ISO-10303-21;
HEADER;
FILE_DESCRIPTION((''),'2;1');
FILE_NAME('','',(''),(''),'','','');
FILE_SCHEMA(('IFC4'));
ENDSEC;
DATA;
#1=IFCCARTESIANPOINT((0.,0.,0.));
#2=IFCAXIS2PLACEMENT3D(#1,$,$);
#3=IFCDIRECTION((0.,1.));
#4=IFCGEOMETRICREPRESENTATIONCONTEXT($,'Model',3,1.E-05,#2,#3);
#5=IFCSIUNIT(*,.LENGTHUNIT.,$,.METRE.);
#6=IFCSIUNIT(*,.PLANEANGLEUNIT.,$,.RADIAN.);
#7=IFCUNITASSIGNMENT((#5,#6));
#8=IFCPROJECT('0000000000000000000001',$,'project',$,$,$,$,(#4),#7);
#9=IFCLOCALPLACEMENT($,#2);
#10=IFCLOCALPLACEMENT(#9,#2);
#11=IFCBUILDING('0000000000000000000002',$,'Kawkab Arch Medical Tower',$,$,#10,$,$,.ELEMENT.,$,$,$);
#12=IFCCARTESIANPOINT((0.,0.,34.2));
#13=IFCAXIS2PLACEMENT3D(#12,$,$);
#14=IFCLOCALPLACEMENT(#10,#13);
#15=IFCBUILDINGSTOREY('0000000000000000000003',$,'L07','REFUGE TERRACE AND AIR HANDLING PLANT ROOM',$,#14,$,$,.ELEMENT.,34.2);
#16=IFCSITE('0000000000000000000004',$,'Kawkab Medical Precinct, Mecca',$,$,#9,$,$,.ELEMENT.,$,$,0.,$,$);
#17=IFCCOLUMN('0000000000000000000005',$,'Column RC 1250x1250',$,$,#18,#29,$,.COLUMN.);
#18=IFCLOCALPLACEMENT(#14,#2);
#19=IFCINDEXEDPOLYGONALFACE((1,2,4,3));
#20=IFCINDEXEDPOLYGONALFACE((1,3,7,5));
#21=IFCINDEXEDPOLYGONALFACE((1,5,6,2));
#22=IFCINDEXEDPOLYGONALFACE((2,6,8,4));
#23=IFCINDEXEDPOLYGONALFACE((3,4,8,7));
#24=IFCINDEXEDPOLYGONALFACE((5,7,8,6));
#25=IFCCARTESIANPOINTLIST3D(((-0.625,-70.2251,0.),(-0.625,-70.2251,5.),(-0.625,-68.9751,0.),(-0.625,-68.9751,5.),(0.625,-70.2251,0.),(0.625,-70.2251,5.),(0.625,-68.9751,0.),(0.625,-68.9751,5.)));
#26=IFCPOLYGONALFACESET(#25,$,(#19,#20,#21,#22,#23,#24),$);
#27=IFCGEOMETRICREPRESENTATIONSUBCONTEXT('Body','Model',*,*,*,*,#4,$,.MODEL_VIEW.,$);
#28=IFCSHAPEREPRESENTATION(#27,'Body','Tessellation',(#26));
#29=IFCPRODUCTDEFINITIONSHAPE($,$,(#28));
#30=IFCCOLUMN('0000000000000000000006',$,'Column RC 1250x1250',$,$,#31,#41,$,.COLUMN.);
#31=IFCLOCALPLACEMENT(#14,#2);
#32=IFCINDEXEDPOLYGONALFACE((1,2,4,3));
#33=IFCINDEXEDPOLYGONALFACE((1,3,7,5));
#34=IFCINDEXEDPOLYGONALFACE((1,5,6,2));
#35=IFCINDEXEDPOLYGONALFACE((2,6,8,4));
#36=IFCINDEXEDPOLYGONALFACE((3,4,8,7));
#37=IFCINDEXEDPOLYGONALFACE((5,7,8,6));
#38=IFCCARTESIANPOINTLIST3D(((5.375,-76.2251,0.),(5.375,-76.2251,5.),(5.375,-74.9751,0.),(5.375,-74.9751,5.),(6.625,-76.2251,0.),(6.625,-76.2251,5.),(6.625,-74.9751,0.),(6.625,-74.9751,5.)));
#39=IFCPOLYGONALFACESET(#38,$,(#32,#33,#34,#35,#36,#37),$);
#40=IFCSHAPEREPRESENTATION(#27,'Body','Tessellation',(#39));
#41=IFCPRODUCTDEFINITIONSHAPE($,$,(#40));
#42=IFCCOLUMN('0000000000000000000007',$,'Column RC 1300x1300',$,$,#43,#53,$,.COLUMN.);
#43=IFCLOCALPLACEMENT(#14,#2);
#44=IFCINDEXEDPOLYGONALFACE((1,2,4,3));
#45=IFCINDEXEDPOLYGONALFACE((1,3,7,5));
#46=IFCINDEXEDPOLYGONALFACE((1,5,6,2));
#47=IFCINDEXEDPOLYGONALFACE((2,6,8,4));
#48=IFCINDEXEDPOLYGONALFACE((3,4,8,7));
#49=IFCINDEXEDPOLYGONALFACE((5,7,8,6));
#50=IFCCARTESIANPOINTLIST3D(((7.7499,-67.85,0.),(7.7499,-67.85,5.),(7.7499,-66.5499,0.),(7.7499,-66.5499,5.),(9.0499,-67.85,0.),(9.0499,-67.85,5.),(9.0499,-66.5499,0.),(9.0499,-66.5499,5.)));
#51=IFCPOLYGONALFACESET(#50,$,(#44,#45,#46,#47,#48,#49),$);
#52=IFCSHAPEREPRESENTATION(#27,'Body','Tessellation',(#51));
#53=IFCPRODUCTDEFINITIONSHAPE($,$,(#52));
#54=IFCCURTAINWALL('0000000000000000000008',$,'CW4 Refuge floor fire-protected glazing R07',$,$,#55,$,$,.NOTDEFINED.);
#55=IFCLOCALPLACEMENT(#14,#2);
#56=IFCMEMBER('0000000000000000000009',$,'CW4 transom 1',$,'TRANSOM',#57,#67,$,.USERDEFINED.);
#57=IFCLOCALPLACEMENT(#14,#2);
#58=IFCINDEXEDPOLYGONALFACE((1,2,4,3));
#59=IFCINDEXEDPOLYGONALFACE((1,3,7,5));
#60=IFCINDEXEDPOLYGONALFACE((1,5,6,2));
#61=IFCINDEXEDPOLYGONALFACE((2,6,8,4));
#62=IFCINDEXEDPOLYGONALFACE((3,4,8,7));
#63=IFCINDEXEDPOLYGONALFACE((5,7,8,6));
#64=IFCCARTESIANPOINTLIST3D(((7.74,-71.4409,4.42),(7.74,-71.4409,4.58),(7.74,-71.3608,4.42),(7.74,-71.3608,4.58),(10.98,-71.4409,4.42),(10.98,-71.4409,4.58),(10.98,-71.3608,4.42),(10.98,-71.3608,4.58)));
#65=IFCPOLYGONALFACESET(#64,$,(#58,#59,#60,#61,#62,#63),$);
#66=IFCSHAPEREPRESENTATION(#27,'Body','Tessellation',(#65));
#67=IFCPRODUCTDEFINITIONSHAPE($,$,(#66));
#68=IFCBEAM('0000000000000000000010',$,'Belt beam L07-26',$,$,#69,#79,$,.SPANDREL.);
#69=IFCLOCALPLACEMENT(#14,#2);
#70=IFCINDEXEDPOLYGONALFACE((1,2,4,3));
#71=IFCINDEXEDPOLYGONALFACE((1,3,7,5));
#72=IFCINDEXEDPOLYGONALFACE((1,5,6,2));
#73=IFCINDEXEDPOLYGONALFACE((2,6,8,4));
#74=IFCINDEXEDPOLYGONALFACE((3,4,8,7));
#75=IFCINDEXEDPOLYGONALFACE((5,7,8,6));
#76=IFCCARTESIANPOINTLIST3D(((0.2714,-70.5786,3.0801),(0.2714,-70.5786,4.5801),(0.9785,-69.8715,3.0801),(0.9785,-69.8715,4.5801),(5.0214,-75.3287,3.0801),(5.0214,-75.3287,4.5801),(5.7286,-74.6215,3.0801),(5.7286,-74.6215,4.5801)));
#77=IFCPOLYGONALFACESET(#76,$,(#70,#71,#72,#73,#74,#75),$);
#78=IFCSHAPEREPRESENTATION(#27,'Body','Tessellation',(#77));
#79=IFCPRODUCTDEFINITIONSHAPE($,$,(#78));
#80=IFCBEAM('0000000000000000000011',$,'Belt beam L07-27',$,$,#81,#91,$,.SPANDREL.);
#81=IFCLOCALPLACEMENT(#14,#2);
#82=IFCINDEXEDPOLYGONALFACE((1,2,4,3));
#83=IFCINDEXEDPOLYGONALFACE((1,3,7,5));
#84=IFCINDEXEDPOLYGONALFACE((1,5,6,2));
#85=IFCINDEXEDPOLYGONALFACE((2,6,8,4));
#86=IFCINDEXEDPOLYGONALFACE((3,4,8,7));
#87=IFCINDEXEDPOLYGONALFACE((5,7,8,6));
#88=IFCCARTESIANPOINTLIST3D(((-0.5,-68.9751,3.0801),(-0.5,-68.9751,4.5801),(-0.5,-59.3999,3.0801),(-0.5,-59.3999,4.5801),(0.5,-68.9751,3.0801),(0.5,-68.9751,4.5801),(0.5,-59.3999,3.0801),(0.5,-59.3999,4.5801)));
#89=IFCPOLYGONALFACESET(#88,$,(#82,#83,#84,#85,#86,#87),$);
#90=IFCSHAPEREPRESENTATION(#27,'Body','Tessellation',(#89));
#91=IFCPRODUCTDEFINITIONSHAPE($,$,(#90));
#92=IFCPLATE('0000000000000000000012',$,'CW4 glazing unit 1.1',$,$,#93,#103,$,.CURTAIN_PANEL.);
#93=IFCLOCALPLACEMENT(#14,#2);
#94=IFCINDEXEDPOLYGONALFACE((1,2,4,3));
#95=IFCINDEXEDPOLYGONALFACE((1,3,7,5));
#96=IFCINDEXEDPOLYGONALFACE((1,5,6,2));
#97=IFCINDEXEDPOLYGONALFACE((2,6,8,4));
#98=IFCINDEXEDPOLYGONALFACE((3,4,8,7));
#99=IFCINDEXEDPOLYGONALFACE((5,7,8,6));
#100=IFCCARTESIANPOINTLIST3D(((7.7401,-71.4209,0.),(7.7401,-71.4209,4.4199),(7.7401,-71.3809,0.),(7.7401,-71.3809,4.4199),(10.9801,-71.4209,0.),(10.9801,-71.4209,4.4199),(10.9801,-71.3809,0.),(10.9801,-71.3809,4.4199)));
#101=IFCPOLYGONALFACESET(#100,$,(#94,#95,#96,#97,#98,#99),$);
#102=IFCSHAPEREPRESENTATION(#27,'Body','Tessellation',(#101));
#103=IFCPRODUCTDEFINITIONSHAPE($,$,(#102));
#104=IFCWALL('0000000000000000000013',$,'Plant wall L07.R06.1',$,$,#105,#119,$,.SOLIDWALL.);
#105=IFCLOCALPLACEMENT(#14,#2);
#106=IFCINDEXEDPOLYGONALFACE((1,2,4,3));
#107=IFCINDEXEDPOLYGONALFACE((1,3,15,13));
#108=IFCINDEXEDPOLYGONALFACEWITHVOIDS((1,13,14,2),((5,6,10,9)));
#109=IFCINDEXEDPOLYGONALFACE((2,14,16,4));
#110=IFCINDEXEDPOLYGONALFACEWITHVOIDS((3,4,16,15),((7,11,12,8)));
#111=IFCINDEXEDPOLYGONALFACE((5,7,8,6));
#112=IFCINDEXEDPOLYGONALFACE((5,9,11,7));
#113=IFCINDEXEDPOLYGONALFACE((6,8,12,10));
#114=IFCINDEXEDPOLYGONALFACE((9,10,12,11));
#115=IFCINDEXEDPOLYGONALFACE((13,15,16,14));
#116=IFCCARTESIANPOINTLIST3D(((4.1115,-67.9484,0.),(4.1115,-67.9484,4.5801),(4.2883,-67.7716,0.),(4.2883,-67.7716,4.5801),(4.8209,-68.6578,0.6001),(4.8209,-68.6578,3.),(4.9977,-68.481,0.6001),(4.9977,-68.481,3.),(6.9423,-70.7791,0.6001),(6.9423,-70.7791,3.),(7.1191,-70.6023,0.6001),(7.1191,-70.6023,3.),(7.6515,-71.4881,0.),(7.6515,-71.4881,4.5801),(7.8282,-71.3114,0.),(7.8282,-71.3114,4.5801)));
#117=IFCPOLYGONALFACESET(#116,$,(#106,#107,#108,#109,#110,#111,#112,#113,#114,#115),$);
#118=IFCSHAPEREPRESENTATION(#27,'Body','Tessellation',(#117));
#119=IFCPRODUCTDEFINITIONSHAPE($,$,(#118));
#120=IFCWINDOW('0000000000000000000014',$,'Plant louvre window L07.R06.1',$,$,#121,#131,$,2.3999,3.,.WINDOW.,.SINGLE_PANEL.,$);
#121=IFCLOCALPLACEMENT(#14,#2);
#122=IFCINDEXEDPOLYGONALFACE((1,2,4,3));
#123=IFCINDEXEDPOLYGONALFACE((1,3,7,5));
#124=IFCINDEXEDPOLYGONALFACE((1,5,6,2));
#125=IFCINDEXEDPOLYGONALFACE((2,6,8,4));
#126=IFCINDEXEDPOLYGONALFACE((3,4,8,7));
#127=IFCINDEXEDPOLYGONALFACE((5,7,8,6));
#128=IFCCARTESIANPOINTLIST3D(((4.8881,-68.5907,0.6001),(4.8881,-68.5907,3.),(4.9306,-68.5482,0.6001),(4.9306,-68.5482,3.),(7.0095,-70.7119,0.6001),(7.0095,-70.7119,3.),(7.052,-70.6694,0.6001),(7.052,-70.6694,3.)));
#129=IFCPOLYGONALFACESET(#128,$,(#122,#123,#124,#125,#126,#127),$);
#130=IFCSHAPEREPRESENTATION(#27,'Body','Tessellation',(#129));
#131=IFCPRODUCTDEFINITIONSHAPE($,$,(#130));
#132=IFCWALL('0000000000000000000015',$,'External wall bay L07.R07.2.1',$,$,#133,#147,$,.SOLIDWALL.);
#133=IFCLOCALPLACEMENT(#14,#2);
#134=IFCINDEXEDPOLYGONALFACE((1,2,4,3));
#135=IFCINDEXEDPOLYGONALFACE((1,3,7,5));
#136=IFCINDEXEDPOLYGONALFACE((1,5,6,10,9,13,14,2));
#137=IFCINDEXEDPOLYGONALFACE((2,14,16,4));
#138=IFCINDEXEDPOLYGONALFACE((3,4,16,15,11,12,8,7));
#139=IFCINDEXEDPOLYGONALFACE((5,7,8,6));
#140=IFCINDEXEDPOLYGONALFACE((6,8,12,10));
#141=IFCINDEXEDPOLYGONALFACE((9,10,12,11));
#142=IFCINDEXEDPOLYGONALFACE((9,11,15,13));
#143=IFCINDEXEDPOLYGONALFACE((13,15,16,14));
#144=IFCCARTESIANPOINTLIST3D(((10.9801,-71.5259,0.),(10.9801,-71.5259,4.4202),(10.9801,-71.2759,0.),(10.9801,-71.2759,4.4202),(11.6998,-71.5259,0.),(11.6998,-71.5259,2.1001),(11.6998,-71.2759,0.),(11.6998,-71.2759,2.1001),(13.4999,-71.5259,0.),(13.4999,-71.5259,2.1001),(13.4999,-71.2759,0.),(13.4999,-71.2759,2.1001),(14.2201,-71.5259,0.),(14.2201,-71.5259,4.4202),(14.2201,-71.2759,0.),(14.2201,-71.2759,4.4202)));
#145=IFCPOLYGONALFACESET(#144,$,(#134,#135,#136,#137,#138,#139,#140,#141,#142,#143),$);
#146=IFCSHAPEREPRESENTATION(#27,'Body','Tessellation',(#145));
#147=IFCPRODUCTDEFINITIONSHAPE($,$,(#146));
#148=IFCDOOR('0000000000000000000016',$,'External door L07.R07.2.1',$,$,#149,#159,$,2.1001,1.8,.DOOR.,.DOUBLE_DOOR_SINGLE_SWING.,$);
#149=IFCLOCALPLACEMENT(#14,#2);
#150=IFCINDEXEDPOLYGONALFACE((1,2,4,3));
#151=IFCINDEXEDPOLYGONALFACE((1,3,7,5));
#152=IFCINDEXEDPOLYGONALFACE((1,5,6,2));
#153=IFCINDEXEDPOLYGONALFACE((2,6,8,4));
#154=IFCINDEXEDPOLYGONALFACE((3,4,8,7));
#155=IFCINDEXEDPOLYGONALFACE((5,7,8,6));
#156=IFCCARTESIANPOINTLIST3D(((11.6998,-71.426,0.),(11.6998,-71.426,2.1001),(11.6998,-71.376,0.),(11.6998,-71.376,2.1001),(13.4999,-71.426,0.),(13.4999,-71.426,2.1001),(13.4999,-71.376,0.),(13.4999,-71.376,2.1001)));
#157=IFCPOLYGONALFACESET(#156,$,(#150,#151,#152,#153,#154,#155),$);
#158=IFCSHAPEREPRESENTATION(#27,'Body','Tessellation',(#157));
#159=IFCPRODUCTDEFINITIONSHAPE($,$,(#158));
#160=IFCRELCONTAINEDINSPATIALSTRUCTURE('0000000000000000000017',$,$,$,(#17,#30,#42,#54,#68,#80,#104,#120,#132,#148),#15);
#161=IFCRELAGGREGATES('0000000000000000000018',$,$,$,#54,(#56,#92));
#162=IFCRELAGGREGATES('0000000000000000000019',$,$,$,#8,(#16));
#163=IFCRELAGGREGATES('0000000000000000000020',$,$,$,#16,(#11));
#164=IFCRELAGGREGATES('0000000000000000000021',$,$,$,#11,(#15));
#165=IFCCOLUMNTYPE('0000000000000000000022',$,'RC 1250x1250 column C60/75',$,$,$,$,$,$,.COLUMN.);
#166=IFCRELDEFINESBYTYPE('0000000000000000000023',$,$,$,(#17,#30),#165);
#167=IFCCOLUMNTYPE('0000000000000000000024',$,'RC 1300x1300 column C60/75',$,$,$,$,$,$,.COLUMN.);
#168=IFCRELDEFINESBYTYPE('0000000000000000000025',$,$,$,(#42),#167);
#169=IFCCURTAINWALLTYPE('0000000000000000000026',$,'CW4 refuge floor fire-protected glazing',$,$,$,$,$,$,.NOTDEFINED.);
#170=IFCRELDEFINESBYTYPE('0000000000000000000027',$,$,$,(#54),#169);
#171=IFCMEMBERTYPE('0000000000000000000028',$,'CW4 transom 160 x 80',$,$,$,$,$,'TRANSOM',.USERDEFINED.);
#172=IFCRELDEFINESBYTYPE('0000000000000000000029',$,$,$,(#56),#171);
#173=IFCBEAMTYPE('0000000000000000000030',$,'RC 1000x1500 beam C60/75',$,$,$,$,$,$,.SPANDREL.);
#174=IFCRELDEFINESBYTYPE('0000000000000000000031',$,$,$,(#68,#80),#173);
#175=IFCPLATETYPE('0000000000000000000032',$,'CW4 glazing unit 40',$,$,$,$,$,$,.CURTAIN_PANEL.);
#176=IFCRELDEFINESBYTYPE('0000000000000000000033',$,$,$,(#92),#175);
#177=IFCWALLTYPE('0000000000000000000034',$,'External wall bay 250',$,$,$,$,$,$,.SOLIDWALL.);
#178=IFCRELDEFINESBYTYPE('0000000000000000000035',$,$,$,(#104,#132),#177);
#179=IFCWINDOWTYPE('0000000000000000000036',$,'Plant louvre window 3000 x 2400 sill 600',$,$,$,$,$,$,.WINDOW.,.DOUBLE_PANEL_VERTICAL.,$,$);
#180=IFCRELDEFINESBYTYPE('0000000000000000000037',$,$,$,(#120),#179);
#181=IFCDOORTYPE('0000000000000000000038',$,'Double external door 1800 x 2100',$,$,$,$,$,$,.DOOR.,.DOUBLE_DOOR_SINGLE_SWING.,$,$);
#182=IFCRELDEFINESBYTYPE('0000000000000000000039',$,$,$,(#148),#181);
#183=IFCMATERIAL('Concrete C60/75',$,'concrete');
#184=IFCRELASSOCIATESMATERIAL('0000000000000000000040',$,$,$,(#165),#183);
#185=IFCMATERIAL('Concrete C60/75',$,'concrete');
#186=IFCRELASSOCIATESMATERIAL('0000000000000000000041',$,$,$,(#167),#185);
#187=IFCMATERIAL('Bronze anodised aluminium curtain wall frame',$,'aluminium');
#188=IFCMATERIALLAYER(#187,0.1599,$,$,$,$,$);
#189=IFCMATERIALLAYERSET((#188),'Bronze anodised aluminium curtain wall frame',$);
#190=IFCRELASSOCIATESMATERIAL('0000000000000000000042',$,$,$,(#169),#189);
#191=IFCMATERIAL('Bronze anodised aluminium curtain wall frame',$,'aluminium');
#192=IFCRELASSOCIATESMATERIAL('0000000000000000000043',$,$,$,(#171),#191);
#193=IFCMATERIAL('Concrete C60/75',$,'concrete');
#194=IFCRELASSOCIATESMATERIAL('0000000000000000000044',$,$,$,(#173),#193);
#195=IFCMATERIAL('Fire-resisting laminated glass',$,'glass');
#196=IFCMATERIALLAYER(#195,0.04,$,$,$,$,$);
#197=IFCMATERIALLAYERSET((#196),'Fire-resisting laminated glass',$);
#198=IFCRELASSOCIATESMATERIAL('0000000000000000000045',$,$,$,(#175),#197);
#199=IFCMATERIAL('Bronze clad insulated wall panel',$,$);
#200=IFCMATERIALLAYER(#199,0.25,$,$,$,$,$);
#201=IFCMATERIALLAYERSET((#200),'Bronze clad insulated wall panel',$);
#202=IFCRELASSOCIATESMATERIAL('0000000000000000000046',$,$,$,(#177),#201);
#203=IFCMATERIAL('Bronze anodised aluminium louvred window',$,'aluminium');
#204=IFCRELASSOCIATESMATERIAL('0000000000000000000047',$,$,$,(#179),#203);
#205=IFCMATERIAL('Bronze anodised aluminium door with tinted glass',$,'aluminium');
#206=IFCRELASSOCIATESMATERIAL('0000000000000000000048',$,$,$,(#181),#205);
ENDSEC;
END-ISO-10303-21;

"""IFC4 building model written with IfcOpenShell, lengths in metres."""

from ifc_helpers import new_model, si_unit, direction, frame, frame_2d, origin, origin_2d, place, context, subcontext, project, spatial, rectangle, extrude, material, layer, layer_set, material_profile, profile_set, type_object, element, fill, aggregate, save


model = new_model("IFC4")

# Units and contexts
model_context = context("Model", 3, precision=1e-05, world=origin(), true_north=direction((0.0, 1.0)))
body_context = subcontext(model_context, "Body", "Model", "MODEL_VIEW")
ifc_project = project(units=[si_unit("LENGTHUNIT", "METRE"), si_unit("PLANEANGLEUNIT", "RADIAN")], contexts=[model_context])

# Site, building, storey
site_placement = place(None, origin())
site = spatial("IfcSite", under=ifc_project, at=site_placement, Name="Kawkab Medical Precinct, Mecca", CompositionType="ELEMENT", RefElevation=0.0)
building_placement = place(site_placement, origin())
building = spatial("IfcBuilding", under=site, at=building_placement, Name="Kawkab Arch Medical Tower", CompositionType="ELEMENT")
storey_placement = place(building_placement, frame((0.0, 0.0, 34.2)))
storey = spatial("IfcBuildingStorey", under=building, at=storey_placement, Name="L07", Description="REFUGE TERRACE AND AIR HANDLING PLANT ROOM", CompositionType="ELEMENT", Elevation=34.2)

# Columns
ifc_material_1 = material(Name="Concrete C60/75", Category="concrete")
ifc_material_profile_1 = material_profile(ifc_material_1, rectangle(XDim=1.25, YDim=1.25, at=origin_2d()), Name="RC 1250x1250")
ifc_profile_set_1 = profile_set([ifc_material_profile_1], Name="Concrete C60/75")
column_type_1 = type_object("IfcColumnType", Name="RC 1250x1250 column C60/75", PredefinedType="COLUMN", material=ifc_profile_set_1)
for number, where, z_axis, x_axis, name in (
    (1, (0.0, -69.6001, 0.0), (0.0, 0.0, 1.0), (1.0, 0.0, 0.0), "Column RC 1250x1250"),
    (2, (6.0, -75.6001, 0.0), (0.0, 0.0, 1.0), (1.0, 0.0, 0.0), "Column RC 1250x1250"),
):
    element("IfcColumn", number, at=place(storey_placement, frame(where, z_axis=z_axis, x_axis=x_axis)), inside=storey, type_object=column_type_1, Name=name, PredefinedType="COLUMN", context=body_context, shape_type="SweptSolid", body=[
        extrude(rectangle(XDim=1.25, YDim=1.25, at=origin_2d()), origin(), (0.0, 0.0, 1.0), 5.0),
    ])
ifc_material_2 = material(Name="Concrete C60/75", Category="concrete")
ifc_material_profile_2 = material_profile(ifc_material_2, rectangle(XDim=1.3, YDim=1.3, at=origin_2d()), Name="RC 1300x1300")
ifc_profile_set_2 = profile_set([ifc_material_profile_2], Name="Concrete C60/75")
column_type_2 = type_object("IfcColumnType", Name="RC 1300x1300 column C60/75", PredefinedType="COLUMN", material=ifc_profile_set_2)
column_placement = place(storey_placement, frame((8.3999, -67.2, 0.0), z_axis=(0.0, 0.0, 1.0), x_axis=(1.0, 0.0, 0.0)))
element("IfcColumn", 3, at=column_placement, inside=storey, type_object=column_type_2, Name="Column RC 1300x1300", PredefinedType="COLUMN", context=body_context, shape_type="SweptSolid", body=[
    extrude(rectangle(XDim=1.3, YDim=1.3, at=origin_2d()), origin(), (0.0, 0.0, 1.0), 5.0),
])

# Curtain wall, member
ifc_material_3 = material(Name="Bronze anodised aluminium curtain wall frame", Category="aluminium")
ifc_layer_1 = layer(ifc_material_3, 0.1599)
ifc_layer_set_1 = layer_set([ifc_layer_1], Name="Bronze anodised aluminium curtain wall frame")
curtain_wall_type = type_object("IfcCurtainWallType", Name="CW4 refuge floor fire-protected glazing", PredefinedType="NOTDEFINED", material=ifc_layer_set_1)
curtain_wall_placement = place(storey_placement, origin())
curtain_wall = element("IfcCurtainWall", 4, at=curtain_wall_placement, inside=storey, type_object=curtain_wall_type, Name="CW4 Refuge floor fire-protected glazing R07", PredefinedType="NOTDEFINED")
ifc_material_4 = material(Name="Bronze anodised aluminium curtain wall frame", Category="aluminium")
ifc_material_profile_3 = material_profile(ifc_material_4, rectangle(XDim=0.0801, YDim=0.1599, at=origin_2d()), Name="AL 80x160")
ifc_profile_set_3 = profile_set([ifc_material_profile_3], Name="Bronze anodised aluminium curtain wall frame")
member_type = type_object("IfcMemberType", Name="CW4 transom 160 x 80", ElementType="TRANSOM", PredefinedType="USERDEFINED", material=ifc_profile_set_3)
member_placement = place(storey_placement, frame((7.74, -71.4009, 4.5), z_axis=(1.0, 0.0, 0.0), x_axis=(0.0, 1.0, 0.0)))
member = element("IfcMember", 5, at=member_placement, type_object=member_type, Name="CW4 transom 1", ObjectType="TRANSOM", PredefinedType="USERDEFINED", context=body_context, shape_type="SweptSolid", body=[
    extrude(rectangle(XDim=0.0801, YDim=0.1599, at=origin_2d()), origin(), (0.0, 0.0, 1.0), 3.24),
])

# Beams
ifc_material_5 = material(Name="Concrete C60/75", Category="concrete")
ifc_material_profile_4 = material_profile(ifc_material_5, rectangle(XDim=1.0, YDim=1.5, at=origin_2d()), Name="RC 1000x1500")
ifc_profile_set_4 = profile_set([ifc_material_profile_4], Name="Concrete C60/75")
beam_type = type_object("IfcBeamType", Name="RC 1000x1500 beam C60/75", PredefinedType="SPANDREL", material=ifc_profile_set_4)
beam_1_placement = place(storey_placement, frame((5.375, -74.9751, 3.8301), z_axis=(-0.707107, 0.707107, 0.0), x_axis=(-0.707107, -0.707107, 0.0)))
element("IfcBeam", 6, at=beam_1_placement, inside=storey, type_object=beam_type, Name="Belt beam L07-26", PredefinedType="SPANDREL", context=body_context, shape_type="SweptSolid", body=[
    extrude(rectangle(XDim=1.0, YDim=1.5, at=origin_2d()), origin(), (0.0, 0.0, 1.0), 6.7175),
])
beam_2_placement = place(storey_placement, frame((0.0, -68.9751, 3.8301), z_axis=(0.0, 1.0, 0.0), x_axis=(-1.0, 0.0, 0.0)))
element("IfcBeam", 7, at=beam_2_placement, inside=storey, type_object=beam_type, Name="Belt beam L07-27", PredefinedType="SPANDREL", context=body_context, shape_type="SweptSolid", body=[
    extrude(rectangle(XDim=1.0, YDim=1.5, at=origin_2d()), origin(), (0.0, 0.0, 1.0), 9.5752),
])

# Plate
ifc_material_6 = material(Name="Fire-resisting laminated glass", Category="glass")
ifc_layer_2 = layer(ifc_material_6, 0.04)
ifc_layer_set_2 = layer_set([ifc_layer_2], Name="Fire-resisting laminated glass")
plate_type = type_object("IfcPlateType", Name="CW4 glazing unit 40", PredefinedType="CURTAIN_PANEL", material=ifc_layer_set_2)
plate_placement = place(storey_placement, frame((9.3601, -71.4009, 0.0), z_axis=(0.0, 0.0, 1.0), x_axis=(1.0, 0.0, 0.0)))
plate = element("IfcPlate", 8, at=plate_placement, type_object=plate_type, Name="CW4 glazing unit 1.1", PredefinedType="CURTAIN_PANEL", context=body_context, shape_type="SweptSolid", body=[
    extrude(rectangle(XDim=3.24, YDim=0.04, at=origin_2d()), origin(), (0.0, 0.0, 1.0), 4.4199),
])
aggregate(curtain_wall, [member, plate])

# Wall, opening, window
ifc_material_7 = material(Name="Bronze clad insulated wall panel")
ifc_layer_3 = layer(ifc_material_7, 0.25)
ifc_layer_set_3 = layer_set([ifc_layer_3], Name="Bronze clad insulated wall panel")
wall_type_1 = type_object("IfcWallType", Name="External wall bay 250", PredefinedType="SOLIDWALL", material=ifc_layer_set_3)
wall_1_placement = place(storey_placement, frame((4.2, -67.8601, 0.0), z_axis=(0.0, 0.0, 1.0), x_axis=(0.707131, -0.707082, 0.0)))
wall_1 = element("IfcWall", 9, at=wall_1_placement, inside=storey, type_object=wall_type_1, Name="Plant wall L07.R06.1", PredefinedType="SOLIDWALL", context=body_context, shape_type="SweptSolid", body=[
    extrude(rectangle(XDim=5.0061, YDim=0.25, at=frame_2d((2.5029, 0.0))), origin(), (0.0, 0.0, 1.0), 4.5801),
])
opening_1_placement = place(wall_1_placement, frame((1.0032, 0.0, 0.6001)))
opening_1 = element("IfcOpeningElement", 10, at=opening_1_placement, cuts=wall_1, PredefinedType="OPENING", context=body_context, shape_type="SweptSolid", body=[
    extrude(rectangle(XDim=3.0, YDim=2.3999, at=frame_2d((1.5, 1.2))), frame((0.0, 0.135, 0.0), z_axis=(0.0, -1.0, 0.0), x_axis=(1.0, 0.0, 0.0)), (0.0, 0.0, 1.0), 0.27),
])
ifc_material_8 = material(Name="Bronze anodised aluminium louvred window", Category="aluminium")
window_type = type_object("IfcWindowType", Name="Plant louvre window 3000 x 2400 sill 600", PartitioningType="DOUBLE_PANEL_VERTICAL", PredefinedType="WINDOW", material=ifc_material_8)
window_placement = place(opening_1_placement, origin())
window = element("IfcWindow", 11, at=window_placement, inside=storey, type_object=window_type, Name="Plant louvre window L07.R06.1", OverallHeight=2.3999, OverallWidth=3.0, PartitioningType="SINGLE_PANEL", PredefinedType="WINDOW", context=body_context, shape_type="SweptSolid", body=[
    extrude(rectangle(XDim=3.0, YDim=2.3999, at=frame_2d((1.5, 1.2))), frame((0.0, 0.03, 0.0), z_axis=(0.0, -1.0, 0.0), x_axis=(1.0, 0.0, 0.0)), (0.0, 0.0, 1.0), 0.0601),
])
fill(opening_1, window)

# Wall, opening, door
wall_2_placement = place(storey_placement, frame((10.98, -71.4009, 0.0), z_axis=(0.0, 0.0, 1.0), x_axis=(1.0, 0.0, 0.0)))
wall_2 = element("IfcWall", 12, at=wall_2_placement, inside=storey, type_object=wall_type_1, Name="External wall bay L07.R07.2.1", PredefinedType="SOLIDWALL", context=body_context, shape_type="SweptSolid", body=[
    extrude(rectangle(XDim=3.24, YDim=0.25, at=frame_2d((1.6201, 0.0))), origin(), (0.0, 0.0, 1.0), 4.4202),
])
opening_2_placement = place(wall_2_placement, frame((0.72, 0.0, 0.0)))
opening_2 = element("IfcOpeningElement", 13, at=opening_2_placement, cuts=wall_2, PredefinedType="OPENING", context=body_context, shape_type="SweptSolid", body=[
    extrude(rectangle(XDim=1.8, YDim=2.1001, at=frame_2d((0.8999, 1.05))), frame((0.0, 0.135, 0.0), z_axis=(0.0, -1.0, 0.0), x_axis=(1.0, 0.0, 0.0)), (0.0, 0.0, 1.0), 0.27),
])
ifc_material_9 = material(Name="Bronze anodised aluminium door with tinted glass", Category="aluminium")
door_type_1 = type_object("IfcDoorType", Name="Double external door 1800 x 2100", OperationType="DOUBLE_DOOR_SINGLE_SWING", PredefinedType="DOOR", material=ifc_material_9)
door_1_placement = place(opening_2_placement, origin())
door_1 = element("IfcDoor", 14, at=door_1_placement, inside=storey, type_object=door_type_1, Name="External door L07.R07.2.1", OperationType="DOUBLE_DOOR_SINGLE_SWING", OverallHeight=2.1001, OverallWidth=1.8, PredefinedType="DOOR", context=body_context, shape_type="SweptSolid", body=[
    extrude(rectangle(XDim=1.8, YDim=2.1001, at=frame_2d((0.8999, 1.05))), frame((0.0, 0.0249, 0.0), z_axis=(0.0, -1.0, 0.0), x_axis=(1.0, 0.0, 0.0)), (0.0, 0.0, 1.0), 0.05),
])
fill(opening_2, door_1)

save(model, "model.ifc")
